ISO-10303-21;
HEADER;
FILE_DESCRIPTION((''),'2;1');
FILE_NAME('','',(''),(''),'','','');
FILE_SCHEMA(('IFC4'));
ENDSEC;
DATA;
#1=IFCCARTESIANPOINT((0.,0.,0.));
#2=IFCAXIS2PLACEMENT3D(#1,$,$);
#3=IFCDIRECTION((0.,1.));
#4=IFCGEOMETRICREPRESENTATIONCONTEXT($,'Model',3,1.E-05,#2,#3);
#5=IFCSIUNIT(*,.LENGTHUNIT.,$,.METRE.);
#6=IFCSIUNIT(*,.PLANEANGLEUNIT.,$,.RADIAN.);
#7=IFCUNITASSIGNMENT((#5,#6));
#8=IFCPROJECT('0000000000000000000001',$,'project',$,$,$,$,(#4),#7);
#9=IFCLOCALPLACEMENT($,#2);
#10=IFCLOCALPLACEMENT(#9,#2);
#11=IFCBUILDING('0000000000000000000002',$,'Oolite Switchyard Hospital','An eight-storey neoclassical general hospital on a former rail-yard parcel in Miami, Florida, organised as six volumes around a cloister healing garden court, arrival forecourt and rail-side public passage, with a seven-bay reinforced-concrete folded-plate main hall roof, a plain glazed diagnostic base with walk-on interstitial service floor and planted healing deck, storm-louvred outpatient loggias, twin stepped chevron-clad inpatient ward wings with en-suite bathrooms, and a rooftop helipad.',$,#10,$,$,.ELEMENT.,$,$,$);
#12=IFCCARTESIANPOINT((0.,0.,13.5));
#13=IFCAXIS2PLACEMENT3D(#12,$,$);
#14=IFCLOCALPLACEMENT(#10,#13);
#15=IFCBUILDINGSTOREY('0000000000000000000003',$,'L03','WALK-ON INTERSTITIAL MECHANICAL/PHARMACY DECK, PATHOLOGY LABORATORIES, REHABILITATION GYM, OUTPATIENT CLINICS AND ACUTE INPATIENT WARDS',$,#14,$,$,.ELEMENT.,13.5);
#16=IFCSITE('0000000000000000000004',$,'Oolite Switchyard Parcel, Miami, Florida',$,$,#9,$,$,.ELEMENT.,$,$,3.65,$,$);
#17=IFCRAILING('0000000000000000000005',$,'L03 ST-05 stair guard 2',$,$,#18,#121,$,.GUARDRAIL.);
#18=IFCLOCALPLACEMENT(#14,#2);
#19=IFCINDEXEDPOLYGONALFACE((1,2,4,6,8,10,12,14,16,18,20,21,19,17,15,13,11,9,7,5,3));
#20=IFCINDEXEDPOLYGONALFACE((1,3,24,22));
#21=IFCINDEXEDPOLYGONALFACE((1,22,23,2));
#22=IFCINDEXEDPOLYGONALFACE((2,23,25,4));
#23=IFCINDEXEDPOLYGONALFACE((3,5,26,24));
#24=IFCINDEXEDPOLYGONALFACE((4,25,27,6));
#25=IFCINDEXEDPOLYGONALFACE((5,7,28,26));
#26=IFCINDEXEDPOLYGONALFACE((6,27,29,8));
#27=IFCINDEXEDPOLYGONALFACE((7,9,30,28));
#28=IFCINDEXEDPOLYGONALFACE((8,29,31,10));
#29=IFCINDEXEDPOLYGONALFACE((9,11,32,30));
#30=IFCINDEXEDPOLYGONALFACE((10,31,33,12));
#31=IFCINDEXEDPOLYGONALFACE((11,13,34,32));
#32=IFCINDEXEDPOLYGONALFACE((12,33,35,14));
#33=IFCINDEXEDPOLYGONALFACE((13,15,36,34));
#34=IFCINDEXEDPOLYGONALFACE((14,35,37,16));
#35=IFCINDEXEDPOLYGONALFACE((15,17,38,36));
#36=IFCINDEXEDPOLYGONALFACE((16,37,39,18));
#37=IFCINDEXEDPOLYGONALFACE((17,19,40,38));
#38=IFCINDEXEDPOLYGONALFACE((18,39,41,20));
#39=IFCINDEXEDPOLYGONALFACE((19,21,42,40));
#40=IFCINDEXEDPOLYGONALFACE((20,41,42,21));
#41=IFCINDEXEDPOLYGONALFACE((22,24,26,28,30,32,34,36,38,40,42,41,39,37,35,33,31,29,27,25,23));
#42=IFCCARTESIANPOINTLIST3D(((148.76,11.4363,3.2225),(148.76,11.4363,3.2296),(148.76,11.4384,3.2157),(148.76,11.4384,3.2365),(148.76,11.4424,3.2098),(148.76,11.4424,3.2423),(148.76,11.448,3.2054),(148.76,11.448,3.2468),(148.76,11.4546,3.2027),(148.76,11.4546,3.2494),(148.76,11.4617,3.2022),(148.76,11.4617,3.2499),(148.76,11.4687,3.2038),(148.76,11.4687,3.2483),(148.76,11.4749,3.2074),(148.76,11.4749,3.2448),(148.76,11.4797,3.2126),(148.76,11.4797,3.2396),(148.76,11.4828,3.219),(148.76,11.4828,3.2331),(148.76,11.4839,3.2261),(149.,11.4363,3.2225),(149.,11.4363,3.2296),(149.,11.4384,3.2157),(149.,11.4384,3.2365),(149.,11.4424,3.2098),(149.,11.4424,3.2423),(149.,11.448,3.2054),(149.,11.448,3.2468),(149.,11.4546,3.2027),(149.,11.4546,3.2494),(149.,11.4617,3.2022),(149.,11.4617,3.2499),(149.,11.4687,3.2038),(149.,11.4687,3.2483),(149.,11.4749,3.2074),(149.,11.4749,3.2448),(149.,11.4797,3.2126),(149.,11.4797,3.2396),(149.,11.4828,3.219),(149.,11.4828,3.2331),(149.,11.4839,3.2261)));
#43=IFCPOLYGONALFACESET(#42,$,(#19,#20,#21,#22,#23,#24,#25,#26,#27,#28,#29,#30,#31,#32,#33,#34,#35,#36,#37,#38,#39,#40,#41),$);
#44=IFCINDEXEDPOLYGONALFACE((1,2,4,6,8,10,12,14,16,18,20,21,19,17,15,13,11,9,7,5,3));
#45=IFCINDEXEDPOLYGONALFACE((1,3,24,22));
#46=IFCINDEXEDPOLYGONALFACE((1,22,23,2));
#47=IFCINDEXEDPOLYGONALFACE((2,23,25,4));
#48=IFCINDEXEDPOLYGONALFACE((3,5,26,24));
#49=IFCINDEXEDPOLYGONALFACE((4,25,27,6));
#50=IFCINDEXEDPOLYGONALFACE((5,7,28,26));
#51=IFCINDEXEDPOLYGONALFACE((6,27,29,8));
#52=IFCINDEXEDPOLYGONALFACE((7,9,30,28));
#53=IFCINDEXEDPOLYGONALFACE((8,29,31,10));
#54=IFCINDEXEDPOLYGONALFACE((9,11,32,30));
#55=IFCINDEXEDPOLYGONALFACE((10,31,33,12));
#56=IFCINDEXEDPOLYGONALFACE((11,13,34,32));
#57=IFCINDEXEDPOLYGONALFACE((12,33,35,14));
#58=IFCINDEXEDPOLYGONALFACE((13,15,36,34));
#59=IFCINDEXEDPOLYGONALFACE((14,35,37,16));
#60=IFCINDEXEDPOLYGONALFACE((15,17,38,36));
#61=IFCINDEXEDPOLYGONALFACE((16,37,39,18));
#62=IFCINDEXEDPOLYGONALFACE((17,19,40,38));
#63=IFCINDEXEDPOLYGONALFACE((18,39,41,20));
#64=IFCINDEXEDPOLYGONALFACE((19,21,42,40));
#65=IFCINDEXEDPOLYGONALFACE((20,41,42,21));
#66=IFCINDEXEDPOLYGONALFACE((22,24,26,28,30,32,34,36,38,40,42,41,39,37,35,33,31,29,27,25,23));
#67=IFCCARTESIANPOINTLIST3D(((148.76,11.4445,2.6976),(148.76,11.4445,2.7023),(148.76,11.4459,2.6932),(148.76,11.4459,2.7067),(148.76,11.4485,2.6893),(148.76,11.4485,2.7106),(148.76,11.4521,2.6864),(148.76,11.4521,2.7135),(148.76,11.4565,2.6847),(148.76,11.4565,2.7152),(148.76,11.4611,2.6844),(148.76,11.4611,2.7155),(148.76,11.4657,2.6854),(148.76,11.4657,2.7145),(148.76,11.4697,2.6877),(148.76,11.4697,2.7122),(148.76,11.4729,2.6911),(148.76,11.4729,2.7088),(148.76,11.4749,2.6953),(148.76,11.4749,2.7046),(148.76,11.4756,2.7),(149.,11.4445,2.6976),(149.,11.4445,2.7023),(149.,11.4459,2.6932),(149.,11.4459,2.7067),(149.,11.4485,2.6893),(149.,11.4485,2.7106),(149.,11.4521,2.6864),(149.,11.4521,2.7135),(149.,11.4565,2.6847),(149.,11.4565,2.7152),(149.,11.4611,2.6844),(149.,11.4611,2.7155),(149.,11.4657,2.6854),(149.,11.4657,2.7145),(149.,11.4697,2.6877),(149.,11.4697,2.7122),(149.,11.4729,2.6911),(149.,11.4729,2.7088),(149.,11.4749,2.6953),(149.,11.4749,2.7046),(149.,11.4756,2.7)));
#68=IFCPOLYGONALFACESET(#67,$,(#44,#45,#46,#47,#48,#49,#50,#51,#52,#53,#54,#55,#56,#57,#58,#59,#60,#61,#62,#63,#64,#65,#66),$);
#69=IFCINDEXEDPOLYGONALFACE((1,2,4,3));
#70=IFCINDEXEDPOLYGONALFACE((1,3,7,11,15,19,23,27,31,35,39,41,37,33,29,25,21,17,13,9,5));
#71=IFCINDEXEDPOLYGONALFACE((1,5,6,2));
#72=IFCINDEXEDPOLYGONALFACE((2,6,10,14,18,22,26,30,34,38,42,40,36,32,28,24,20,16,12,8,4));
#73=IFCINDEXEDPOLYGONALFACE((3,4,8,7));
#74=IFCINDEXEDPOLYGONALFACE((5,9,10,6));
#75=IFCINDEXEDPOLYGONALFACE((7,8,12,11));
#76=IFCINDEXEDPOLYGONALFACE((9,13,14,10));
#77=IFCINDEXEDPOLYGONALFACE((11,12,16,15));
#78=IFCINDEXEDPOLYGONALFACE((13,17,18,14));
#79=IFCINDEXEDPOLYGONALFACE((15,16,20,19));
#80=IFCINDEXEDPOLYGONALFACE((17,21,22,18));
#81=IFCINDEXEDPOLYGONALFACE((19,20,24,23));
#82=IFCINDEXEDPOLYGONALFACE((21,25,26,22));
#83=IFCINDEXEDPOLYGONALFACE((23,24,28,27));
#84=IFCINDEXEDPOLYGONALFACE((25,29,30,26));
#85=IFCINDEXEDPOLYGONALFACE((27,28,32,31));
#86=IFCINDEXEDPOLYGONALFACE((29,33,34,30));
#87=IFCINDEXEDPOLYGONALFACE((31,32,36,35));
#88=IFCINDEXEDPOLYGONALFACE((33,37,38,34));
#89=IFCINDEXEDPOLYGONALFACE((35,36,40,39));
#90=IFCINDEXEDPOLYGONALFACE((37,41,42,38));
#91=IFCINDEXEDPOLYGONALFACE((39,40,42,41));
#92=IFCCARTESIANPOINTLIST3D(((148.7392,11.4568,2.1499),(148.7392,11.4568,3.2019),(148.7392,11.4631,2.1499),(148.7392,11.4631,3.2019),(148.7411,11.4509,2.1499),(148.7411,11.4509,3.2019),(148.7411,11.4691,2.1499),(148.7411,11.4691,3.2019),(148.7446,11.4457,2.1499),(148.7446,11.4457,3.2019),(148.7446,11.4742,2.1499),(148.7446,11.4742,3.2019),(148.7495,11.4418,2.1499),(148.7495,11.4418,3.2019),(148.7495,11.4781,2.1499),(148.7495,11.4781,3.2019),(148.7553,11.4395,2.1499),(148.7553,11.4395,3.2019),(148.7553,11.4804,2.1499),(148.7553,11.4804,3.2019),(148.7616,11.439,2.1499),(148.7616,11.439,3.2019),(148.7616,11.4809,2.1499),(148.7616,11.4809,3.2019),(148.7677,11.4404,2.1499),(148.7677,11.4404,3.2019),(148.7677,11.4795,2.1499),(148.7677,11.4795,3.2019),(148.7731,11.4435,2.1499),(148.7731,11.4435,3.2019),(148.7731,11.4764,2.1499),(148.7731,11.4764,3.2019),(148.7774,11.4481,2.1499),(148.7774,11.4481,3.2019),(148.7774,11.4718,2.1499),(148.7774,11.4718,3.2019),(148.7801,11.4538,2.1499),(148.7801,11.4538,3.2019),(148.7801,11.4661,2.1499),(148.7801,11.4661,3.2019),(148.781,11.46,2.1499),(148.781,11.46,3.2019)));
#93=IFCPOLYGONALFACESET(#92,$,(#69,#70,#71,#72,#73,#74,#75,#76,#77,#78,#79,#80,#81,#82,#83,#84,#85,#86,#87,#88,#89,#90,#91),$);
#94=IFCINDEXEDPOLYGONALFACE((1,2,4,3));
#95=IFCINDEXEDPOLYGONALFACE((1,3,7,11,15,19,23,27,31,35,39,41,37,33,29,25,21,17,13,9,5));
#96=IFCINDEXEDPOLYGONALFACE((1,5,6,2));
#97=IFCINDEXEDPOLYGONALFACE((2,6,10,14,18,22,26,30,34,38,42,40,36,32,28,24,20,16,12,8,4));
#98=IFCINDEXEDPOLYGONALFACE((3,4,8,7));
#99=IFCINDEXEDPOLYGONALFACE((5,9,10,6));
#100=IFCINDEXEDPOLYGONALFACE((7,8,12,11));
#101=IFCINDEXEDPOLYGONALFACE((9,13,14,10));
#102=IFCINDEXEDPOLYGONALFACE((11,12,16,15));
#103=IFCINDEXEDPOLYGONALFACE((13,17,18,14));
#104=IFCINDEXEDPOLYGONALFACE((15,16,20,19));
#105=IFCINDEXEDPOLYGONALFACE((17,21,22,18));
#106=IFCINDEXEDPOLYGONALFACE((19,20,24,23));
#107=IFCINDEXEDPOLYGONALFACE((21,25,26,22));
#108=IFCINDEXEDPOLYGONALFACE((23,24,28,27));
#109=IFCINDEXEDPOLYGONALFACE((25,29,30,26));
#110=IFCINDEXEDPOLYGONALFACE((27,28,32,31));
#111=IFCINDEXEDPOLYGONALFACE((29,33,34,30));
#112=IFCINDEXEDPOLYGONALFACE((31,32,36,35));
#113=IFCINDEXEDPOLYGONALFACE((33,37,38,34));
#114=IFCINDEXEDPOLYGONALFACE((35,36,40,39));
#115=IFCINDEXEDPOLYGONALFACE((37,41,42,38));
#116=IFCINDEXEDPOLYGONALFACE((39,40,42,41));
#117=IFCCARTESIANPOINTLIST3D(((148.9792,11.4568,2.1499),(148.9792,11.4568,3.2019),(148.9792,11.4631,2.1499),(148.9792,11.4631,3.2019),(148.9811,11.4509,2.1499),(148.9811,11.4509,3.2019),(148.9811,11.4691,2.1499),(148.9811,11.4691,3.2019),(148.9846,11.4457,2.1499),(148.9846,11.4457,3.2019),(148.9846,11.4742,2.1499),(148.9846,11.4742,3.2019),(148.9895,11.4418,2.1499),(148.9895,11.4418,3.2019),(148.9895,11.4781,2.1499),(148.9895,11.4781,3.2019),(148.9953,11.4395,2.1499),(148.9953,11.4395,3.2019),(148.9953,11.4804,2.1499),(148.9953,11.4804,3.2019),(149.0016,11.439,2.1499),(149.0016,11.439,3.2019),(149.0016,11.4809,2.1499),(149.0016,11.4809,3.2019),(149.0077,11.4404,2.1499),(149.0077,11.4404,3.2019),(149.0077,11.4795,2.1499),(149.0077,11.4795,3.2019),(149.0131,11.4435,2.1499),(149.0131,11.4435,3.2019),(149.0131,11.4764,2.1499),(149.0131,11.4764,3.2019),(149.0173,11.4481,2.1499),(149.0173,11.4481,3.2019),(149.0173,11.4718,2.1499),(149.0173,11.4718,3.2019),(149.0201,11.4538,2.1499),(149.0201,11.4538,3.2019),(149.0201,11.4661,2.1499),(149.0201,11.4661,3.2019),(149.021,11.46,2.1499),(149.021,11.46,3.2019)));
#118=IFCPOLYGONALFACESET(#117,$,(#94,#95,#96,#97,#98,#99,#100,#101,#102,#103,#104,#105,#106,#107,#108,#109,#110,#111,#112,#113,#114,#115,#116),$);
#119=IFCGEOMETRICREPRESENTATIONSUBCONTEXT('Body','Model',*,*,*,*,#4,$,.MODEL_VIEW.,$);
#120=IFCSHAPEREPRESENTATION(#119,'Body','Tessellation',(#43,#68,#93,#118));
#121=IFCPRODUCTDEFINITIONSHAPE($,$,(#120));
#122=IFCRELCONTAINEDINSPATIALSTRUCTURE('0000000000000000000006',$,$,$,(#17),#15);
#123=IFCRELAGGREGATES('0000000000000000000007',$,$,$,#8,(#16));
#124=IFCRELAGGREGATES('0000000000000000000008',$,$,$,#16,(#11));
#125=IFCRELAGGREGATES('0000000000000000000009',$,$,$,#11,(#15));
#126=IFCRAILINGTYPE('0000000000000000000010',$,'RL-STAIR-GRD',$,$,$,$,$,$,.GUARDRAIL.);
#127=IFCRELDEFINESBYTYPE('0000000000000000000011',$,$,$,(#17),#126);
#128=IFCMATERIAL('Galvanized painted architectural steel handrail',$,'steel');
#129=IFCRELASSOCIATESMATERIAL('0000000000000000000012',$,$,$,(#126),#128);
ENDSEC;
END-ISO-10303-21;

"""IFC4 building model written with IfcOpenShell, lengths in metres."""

from ifc_helpers import new_model, si_unit, direction, frame, origin, origin_2d, place, context, subcontext, project, spatial, circle, extrude, material, type_object, element, save


model = new_model("IFC4")

# Units and contexts
model_context = context("Model", 3, precision=1e-05, world=origin(), true_north=direction((0.0, 1.0)))
body_context = subcontext(model_context, "Body", "Model", "MODEL_VIEW")
ifc_project = project(units=[si_unit("LENGTHUNIT", "METRE"), si_unit("PLANEANGLEUNIT", "RADIAN")], contexts=[model_context])

# Site, building, storey
site_placement = place(None, origin())
site = spatial("IfcSite", under=ifc_project, at=site_placement, Name="Oolite Switchyard Parcel, Miami, Florida", CompositionType="ELEMENT", RefElevation=3.65)
building_placement = place(site_placement, origin())
building = spatial("IfcBuilding", under=site, at=building_placement, Name="Oolite Switchyard Hospital", Description="An eight-storey neoclassical general hospital on a former rail-yard parcel in Miami, Florida, organised as six volumes around a cloister healing garden court, arrival forecourt and rail-side public passage, with a seven-bay reinforced-concrete folded-plate main hall roof, a plain glazed diagnostic base with walk-on interstitial service floor and planted healing deck, storm-louvred outpatient loggias, twin stepped chevron-clad inpatient ward wings with en-suite bathrooms, and a rooftop helipad.", CompositionType="ELEMENT")
storey_placement = place(building_placement, frame((0.0, 0.0, 13.5)))
storey = spatial("IfcBuildingStorey", under=building, at=storey_placement, Name="L03", Description="WALK-ON INTERSTITIAL MECHANICAL/PHARMACY DECK, PATHOLOGY LABORATORIES, REHABILITATION GYM, OUTPATIENT CLINICS AND ACUTE INPATIENT WARDS", CompositionType="ELEMENT", Elevation=13.5)

# Railing
ifc_material_1 = material(Name="Galvanized painted architectural steel handrail", Category="steel")
railing_type_1 = type_object("IfcRailingType", Name="RL-STAIR-GRD", PredefinedType="GUARDRAIL", material=ifc_material_1)
railing_1_placement = place(storey_placement, frame((148.76, 11.46, 2.1499)))
element("IfcRailing", 1, at=railing_1_placement, inside=storey, type_object=railing_type_1, Name="L03 ST-05 stair guard 2", PredefinedType="GUARDRAIL", context=body_context, shape_type="SweptSolid", body=[
    extrude(circle(Radius=0.0239, at=origin_2d()), frame((0.0, 0.0, 1.0762), z_axis=(1.0, 0.0, 0.0), x_axis=(0.0, 1.0, 0.0)), (0.0, 0.0, 1.0), 0.24),
    extrude(circle(Radius=0.0156, at=origin_2d()), frame((0.0, 0.0, 0.55), z_axis=(1.0, 0.0, 0.0), x_axis=(0.0, 1.0, 0.0)), (0.0, 0.0, 1.0), 0.24),
    extrude(circle(Radius=0.021, at=origin_2d()), origin(), (0.0, 0.0, 1.0), 1.052),
    extrude(circle(Radius=0.021, at=origin_2d()), frame((0.24, 0.0, 0.0)), (0.0, 0.0, 1.0), 1.052),
])

save(model, "model.ifc")
